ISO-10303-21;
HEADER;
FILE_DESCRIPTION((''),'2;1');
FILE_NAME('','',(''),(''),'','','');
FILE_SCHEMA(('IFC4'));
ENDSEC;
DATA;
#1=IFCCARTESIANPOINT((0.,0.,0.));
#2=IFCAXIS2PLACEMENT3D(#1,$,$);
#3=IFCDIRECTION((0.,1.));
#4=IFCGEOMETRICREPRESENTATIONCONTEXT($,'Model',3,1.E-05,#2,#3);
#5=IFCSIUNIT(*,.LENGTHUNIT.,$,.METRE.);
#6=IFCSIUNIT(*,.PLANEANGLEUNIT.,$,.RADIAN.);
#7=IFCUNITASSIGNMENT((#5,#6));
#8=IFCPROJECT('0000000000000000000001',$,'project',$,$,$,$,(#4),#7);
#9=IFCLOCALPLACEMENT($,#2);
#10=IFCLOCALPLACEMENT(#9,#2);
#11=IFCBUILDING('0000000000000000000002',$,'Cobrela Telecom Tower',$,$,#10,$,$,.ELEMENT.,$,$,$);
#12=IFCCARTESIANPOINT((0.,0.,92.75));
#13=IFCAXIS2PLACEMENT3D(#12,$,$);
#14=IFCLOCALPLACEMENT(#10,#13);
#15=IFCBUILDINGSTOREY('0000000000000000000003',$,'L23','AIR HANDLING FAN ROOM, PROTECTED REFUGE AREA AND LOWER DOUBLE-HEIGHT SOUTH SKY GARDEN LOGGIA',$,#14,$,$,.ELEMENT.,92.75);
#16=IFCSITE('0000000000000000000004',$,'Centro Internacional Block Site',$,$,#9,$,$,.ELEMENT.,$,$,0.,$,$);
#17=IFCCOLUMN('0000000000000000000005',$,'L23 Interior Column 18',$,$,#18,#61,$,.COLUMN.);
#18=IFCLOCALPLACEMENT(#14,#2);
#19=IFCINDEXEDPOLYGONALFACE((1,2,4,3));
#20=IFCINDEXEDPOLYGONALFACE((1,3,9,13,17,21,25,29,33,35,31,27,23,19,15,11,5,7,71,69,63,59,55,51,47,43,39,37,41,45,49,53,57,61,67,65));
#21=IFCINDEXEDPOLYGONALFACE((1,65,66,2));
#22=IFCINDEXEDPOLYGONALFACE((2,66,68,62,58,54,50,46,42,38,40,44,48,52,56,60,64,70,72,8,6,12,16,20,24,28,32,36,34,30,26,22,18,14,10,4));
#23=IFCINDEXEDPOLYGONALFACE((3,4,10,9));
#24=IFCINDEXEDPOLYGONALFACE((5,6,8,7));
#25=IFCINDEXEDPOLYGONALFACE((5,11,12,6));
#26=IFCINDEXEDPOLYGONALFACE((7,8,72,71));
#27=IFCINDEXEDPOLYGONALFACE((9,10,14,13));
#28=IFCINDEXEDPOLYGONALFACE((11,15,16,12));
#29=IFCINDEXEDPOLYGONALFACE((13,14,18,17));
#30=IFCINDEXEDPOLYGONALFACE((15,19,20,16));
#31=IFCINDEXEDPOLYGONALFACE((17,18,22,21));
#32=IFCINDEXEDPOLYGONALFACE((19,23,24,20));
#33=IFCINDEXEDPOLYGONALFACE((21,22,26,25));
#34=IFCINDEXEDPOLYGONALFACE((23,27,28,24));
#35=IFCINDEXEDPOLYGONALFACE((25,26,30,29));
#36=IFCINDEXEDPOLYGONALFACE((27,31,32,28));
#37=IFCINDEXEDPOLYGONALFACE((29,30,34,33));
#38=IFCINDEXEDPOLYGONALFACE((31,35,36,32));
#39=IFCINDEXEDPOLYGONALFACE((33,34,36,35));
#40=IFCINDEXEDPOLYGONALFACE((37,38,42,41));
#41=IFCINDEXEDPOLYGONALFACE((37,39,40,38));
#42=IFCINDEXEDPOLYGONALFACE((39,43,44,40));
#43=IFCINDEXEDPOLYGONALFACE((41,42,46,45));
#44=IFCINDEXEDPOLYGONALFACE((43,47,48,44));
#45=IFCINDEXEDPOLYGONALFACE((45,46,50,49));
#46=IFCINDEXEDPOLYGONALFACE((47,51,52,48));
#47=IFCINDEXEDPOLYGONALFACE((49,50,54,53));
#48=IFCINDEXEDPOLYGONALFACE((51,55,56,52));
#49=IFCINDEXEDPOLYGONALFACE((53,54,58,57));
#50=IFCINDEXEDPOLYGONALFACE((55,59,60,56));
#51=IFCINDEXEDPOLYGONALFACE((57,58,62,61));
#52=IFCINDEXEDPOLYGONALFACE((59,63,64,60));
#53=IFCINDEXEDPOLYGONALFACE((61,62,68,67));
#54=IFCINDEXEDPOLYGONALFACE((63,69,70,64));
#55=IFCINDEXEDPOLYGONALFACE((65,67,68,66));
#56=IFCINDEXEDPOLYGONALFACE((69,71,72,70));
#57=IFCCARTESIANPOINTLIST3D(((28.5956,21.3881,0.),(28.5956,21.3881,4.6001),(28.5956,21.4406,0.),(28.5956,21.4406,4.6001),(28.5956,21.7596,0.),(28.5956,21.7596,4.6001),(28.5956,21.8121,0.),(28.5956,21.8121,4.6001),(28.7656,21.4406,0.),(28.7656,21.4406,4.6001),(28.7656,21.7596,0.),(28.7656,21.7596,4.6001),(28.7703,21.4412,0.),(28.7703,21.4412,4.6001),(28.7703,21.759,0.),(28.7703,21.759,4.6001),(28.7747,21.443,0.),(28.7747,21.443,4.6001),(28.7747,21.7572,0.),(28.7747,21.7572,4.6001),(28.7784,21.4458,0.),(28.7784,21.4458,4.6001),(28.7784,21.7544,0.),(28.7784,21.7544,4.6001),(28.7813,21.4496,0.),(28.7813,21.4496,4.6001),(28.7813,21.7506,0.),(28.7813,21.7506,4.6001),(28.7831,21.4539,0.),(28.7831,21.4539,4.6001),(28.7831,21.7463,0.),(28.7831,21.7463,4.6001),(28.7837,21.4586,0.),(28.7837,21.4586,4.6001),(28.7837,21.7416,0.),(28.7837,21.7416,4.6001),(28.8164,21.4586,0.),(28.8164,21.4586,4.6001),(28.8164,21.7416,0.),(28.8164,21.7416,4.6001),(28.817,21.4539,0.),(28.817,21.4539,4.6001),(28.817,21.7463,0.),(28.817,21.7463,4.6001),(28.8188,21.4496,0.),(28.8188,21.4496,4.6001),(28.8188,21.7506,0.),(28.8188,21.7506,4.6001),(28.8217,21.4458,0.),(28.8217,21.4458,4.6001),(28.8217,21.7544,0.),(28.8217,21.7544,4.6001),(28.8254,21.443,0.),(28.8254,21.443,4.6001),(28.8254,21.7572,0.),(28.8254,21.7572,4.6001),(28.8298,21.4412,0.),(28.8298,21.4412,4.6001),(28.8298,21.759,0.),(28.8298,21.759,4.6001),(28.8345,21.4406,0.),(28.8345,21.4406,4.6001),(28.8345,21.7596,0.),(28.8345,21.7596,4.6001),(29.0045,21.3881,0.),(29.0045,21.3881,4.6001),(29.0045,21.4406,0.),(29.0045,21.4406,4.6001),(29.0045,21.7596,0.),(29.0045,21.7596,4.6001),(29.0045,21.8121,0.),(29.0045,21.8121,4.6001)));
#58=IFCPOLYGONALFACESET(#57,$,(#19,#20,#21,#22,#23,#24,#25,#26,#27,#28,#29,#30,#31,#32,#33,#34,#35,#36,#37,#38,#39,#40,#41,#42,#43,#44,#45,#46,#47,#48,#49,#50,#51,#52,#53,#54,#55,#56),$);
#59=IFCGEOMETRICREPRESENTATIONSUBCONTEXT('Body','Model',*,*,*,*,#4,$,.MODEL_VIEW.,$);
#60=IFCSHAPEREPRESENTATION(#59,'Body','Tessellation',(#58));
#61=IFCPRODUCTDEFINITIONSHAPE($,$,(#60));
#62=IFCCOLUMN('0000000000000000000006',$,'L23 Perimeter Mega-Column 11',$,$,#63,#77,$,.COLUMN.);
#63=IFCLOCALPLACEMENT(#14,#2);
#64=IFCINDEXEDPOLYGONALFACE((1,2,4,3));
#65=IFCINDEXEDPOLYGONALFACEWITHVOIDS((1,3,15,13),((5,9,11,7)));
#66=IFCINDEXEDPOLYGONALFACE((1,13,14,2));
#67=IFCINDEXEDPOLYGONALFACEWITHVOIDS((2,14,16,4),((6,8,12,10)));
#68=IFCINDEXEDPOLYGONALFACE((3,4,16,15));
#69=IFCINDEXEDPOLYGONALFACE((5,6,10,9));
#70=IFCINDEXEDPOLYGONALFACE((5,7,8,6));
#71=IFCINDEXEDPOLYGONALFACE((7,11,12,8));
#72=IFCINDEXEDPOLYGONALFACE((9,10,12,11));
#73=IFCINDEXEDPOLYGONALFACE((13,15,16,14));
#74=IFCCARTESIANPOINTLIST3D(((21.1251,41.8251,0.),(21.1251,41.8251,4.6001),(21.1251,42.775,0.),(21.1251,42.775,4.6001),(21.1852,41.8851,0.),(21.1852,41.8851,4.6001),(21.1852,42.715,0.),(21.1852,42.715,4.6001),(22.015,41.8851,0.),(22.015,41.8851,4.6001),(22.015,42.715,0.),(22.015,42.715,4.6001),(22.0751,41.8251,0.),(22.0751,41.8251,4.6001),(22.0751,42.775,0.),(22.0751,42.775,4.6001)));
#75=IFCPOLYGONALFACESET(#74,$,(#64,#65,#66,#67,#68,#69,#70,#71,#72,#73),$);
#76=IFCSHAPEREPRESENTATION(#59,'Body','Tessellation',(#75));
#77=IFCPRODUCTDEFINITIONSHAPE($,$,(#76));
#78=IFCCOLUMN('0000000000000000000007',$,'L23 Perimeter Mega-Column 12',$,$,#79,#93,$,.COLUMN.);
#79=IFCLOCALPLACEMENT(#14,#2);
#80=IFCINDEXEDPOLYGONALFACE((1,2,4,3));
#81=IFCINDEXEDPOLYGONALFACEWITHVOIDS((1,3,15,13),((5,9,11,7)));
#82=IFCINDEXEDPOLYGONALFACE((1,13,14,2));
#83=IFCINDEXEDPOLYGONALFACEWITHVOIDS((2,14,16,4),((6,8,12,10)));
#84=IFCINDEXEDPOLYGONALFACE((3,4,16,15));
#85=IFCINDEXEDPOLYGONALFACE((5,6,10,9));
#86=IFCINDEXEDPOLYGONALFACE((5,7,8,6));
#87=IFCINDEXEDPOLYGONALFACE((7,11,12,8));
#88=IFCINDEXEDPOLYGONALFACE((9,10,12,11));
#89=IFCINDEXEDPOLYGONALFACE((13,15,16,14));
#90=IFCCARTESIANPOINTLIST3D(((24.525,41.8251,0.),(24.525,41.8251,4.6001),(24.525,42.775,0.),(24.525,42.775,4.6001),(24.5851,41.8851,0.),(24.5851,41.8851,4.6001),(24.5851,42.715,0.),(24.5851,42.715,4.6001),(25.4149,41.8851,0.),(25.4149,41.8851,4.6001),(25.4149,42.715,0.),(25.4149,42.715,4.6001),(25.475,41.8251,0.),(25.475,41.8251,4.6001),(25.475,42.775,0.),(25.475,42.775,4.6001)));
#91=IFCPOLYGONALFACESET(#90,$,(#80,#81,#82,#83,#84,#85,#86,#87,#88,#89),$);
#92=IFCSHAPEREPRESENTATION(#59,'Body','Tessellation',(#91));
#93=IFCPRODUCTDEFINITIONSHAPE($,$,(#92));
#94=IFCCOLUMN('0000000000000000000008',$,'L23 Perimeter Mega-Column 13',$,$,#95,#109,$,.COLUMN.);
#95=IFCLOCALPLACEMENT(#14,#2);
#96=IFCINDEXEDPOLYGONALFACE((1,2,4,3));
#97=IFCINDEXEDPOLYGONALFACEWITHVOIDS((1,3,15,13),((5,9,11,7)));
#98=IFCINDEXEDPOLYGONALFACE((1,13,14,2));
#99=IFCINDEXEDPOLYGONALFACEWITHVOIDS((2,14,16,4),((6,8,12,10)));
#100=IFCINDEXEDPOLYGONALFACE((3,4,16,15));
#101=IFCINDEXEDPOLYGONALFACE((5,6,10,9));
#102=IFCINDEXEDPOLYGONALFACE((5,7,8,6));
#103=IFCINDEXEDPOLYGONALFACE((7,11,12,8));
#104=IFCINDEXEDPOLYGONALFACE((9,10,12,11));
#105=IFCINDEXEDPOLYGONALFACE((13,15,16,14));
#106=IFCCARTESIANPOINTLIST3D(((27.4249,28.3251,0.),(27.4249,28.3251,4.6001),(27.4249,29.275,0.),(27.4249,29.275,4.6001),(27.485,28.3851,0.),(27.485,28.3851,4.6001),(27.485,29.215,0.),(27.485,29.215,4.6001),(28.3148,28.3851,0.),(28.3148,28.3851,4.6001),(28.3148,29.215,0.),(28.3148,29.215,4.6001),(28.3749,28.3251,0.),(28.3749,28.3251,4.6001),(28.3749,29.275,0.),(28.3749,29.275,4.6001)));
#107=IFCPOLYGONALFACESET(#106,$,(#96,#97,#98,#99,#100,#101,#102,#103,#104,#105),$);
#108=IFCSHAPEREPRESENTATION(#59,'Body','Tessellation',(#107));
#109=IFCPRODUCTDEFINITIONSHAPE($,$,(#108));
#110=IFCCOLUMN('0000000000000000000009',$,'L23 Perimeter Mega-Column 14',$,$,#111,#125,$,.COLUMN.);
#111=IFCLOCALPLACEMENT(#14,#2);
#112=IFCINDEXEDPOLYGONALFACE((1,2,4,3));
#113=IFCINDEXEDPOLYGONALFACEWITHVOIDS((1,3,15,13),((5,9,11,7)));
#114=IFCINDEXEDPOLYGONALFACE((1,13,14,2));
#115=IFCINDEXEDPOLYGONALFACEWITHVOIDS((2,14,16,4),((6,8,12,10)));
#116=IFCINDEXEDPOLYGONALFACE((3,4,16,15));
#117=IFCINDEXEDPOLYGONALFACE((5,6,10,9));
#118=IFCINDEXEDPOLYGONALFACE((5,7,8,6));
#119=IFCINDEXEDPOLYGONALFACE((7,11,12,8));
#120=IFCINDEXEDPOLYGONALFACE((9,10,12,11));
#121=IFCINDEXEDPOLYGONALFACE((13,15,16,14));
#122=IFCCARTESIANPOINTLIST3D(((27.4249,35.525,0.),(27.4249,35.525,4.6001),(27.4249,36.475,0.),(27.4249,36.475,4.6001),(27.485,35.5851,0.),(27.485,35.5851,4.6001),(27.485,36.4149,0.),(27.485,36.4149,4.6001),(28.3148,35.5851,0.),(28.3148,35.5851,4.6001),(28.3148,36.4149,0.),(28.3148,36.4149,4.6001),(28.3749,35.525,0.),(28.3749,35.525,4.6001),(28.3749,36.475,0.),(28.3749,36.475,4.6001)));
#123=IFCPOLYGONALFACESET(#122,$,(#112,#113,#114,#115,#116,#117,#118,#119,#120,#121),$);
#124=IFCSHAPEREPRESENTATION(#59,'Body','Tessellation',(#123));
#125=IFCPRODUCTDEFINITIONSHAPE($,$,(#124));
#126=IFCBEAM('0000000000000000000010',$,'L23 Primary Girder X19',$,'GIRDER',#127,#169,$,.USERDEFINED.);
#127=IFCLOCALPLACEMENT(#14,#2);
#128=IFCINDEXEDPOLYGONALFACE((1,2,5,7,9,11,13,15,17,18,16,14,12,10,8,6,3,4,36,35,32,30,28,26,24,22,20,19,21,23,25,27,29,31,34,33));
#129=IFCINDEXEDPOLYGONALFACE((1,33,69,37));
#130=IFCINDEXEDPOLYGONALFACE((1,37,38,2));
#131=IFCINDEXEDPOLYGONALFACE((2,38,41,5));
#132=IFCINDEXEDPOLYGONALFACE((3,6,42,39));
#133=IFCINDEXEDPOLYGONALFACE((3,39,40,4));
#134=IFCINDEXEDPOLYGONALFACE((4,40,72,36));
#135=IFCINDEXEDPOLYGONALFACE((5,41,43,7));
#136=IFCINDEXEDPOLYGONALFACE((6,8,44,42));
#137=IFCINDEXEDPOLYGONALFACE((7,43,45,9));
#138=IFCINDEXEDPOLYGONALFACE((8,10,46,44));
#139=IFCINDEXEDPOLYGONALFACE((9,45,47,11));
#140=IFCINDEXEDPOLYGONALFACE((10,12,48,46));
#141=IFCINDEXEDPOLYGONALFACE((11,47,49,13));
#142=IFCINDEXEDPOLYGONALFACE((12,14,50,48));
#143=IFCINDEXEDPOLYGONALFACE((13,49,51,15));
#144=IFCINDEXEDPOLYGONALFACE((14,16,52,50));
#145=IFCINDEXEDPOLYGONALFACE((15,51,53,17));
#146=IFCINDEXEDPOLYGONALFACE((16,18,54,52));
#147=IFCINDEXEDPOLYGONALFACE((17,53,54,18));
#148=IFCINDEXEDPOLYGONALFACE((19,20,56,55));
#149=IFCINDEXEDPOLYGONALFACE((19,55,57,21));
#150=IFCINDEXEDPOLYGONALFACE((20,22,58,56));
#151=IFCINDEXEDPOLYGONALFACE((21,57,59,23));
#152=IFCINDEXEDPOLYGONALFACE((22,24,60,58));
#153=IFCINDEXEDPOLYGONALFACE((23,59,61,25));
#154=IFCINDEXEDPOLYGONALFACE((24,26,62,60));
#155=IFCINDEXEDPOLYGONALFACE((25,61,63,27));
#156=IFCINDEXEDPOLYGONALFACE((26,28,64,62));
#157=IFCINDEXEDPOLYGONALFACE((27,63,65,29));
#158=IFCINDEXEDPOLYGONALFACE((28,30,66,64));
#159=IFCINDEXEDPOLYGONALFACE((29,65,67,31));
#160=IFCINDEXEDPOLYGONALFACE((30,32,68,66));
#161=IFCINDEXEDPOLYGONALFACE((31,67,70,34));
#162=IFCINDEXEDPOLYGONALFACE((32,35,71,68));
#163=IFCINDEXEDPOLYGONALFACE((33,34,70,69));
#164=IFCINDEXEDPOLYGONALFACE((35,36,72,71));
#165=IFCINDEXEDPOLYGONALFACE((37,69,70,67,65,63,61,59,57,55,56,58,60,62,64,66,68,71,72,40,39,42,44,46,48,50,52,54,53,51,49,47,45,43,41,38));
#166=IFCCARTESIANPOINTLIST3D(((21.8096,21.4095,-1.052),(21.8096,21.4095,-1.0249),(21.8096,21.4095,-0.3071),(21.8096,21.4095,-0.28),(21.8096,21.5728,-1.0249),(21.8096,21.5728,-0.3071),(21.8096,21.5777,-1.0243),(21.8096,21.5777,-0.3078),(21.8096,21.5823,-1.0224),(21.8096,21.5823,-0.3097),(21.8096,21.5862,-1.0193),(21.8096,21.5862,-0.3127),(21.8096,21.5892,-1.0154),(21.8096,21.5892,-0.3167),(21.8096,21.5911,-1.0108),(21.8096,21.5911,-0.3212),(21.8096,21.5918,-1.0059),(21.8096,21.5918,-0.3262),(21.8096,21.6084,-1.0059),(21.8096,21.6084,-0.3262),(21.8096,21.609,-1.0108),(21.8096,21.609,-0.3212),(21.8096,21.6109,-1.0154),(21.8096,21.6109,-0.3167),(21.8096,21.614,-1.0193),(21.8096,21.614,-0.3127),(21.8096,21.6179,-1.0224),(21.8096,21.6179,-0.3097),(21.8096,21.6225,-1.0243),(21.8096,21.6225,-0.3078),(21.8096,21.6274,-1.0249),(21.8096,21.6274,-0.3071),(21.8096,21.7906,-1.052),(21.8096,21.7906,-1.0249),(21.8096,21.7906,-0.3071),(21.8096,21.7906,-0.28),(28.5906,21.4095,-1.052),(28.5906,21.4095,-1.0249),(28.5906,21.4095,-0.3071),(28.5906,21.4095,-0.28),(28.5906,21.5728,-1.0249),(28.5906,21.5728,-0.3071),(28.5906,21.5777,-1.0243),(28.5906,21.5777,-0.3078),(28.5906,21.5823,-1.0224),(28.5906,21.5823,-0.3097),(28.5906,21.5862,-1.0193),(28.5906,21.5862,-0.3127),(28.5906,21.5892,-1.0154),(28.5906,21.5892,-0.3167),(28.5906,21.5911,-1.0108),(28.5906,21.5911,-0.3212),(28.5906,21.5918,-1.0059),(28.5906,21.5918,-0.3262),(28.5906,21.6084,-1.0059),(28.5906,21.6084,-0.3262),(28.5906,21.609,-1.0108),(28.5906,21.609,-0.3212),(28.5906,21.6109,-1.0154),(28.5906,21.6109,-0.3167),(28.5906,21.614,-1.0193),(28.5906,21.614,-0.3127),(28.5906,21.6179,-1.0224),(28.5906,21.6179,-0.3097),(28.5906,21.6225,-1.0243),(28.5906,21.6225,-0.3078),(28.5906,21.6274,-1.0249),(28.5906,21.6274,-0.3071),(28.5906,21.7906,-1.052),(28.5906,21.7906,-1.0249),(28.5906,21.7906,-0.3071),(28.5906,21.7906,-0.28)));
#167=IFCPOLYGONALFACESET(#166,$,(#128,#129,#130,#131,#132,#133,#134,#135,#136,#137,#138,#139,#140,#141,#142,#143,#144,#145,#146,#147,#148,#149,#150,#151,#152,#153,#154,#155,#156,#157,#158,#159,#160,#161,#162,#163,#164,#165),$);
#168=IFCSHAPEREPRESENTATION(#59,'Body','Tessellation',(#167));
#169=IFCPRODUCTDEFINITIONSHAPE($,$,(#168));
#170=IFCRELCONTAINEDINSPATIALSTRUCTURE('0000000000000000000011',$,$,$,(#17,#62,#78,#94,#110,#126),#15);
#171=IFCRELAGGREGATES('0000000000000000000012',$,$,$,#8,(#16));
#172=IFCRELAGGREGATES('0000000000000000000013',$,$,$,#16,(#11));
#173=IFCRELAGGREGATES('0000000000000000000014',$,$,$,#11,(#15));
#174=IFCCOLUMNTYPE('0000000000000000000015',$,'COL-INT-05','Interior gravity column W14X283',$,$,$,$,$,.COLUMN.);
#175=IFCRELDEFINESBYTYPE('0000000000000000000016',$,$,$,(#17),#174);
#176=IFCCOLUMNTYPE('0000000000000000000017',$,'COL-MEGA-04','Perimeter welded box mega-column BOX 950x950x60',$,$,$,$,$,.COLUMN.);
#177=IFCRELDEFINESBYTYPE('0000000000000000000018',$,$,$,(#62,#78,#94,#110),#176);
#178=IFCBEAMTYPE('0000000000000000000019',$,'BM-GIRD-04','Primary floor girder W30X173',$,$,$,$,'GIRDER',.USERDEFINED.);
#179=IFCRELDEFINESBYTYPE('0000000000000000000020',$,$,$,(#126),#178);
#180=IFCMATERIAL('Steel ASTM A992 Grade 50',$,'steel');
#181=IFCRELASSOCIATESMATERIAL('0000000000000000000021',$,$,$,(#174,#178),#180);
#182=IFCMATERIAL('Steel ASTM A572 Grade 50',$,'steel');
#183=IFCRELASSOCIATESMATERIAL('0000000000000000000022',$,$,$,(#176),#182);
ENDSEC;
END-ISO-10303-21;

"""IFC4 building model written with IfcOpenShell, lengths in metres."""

from ifc_helpers import new_model, si_unit, direction, frame, origin, origin_2d, place, context, subcontext, project, spatial, hollow_rectangle, i_section, extrude, material, material_profile, profile_set, type_object, element, save


model = new_model("IFC4")

# Units and contexts
model_context = context("Model", 3, precision=1e-05, world=origin(), true_north=direction((0.0, 1.0)))
body_context = subcontext(model_context, "Body", "Model", "MODEL_VIEW")
ifc_project = project(units=[si_unit("LENGTHUNIT", "METRE"), si_unit("PLANEANGLEUNIT", "RADIAN")], contexts=[model_context])

# Site, building, storey
site_placement = place(None, origin())
site = spatial("IfcSite", under=ifc_project, at=site_placement, Name="Centro Internacional Block Site", CompositionType="ELEMENT", RefElevation=0.0)
building_placement = place(site_placement, origin())
building = spatial("IfcBuilding", under=site, at=building_placement, Name="Cobrela Telecom Tower", CompositionType="ELEMENT")
storey_placement = place(building_placement, frame((0.0, 0.0, 92.75)))
storey = spatial("IfcBuildingStorey", under=building, at=storey_placement, Name="L23", Description="AIR HANDLING FAN ROOM, PROTECTED REFUGE AREA AND LOWER DOUBLE-HEIGHT SOUTH SKY GARDEN LOGGIA", CompositionType="ELEMENT", Elevation=92.75)

# Columns
ifc_material_1 = material(Name="Steel ASTM A992 Grade 50", Category="steel")
ifc_material_profile_1 = material_profile(ifc_material_1, i_section(OverallWidth=0.4089, OverallDepth=0.4241, WebThickness=0.0327, FlangeThickness=0.0525, FilletRadius=0.0181, at=origin_2d()), Name="W14X283")
ifc_profile_set_1 = profile_set([ifc_material_profile_1], Name="Steel ASTM A992 Grade 50")
column_type_1 = type_object("IfcColumnType", Name="COL-INT-05", Description="Interior gravity column W14X283", PredefinedType="COLUMN", material=ifc_profile_set_1)
column_placement = place(storey_placement, frame((28.8, 21.6001, 0.0), z_axis=(0.0, 0.0, 1.0), x_axis=(1.0, 0.0, 0.0)))
element("IfcColumn", 1, at=column_placement, inside=storey, type_object=column_type_1, Name="L23 Interior Column 18", PredefinedType="COLUMN", context=body_context, shape_type="SweptSolid", body=[
    extrude(i_section(OverallWidth=0.4089, OverallDepth=0.4241, WebThickness=0.0327, FlangeThickness=0.0525, FilletRadius=0.0181, at=origin_2d()), origin(), (0.0, 0.0, 1.0), 4.6001),
])
ifc_material_2 = material(Name="Steel ASTM A572 Grade 50", Category="steel")
ifc_material_profile_2 = material_profile(ifc_material_2, hollow_rectangle(XDim=0.95, YDim=0.95, WallThickness=0.0601, at=origin_2d()), Name="BOX 950x950x60")
ifc_profile_set_2 = profile_set([ifc_material_profile_2], Name="Steel ASTM A572 Grade 50")
column_type_2 = type_object("IfcColumnType", Name="COL-MEGA-04", Description="Perimeter welded box mega-column BOX 950x950x60", PredefinedType="COLUMN", material=ifc_profile_set_2)
for number, where, z_axis, x_axis, name in (
    (2, (21.6001, 42.3, 0.0), (0.0, 0.0, 1.0), (1.0, 0.0, 0.0), "L23 Perimeter Mega-Column 11"),
    (3, (25.0, 42.3, 0.0), (0.0, 0.0, 1.0), (1.0, 0.0, 0.0), "L23 Perimeter Mega-Column 12"),
    (4, (27.8999, 28.8, 0.0), (0.0, 0.0, 1.0), (1.0, 0.0, 0.0), "L23 Perimeter Mega-Column 13"),
    (5, (27.8999, 36.0, 0.0), (0.0, 0.0, 1.0), (1.0, 0.0, 0.0), "L23 Perimeter Mega-Column 14"),
):
    element("IfcColumn", number, at=place(storey_placement, frame(where, z_axis=z_axis, x_axis=x_axis)), inside=storey, type_object=column_type_2, Name=name, PredefinedType="COLUMN", context=body_context, shape_type="SweptSolid", body=[
        extrude(hollow_rectangle(XDim=0.95, YDim=0.95, WallThickness=0.0601, at=origin_2d()), origin(), (0.0, 0.0, 1.0), 4.6001),
    ])

# Beam
ifc_material_profile_3 = material_profile(ifc_material_1, i_section(OverallWidth=0.3811, OverallDepth=0.772, WebThickness=0.0166, FlangeThickness=0.0271, FilletRadius=0.019, at=origin_2d()), Name="W30X173")
ifc_profile_set_3 = profile_set([ifc_material_profile_3], Name="Steel ASTM A992 Grade 50")
beam_type = type_object("IfcBeamType", Name="BM-GIRD-04", Description="Primary floor girder W30X173", ElementType="GIRDER", PredefinedType="USERDEFINED", material=ifc_profile_set_3)
beam_1_placement = place(storey_placement, frame((21.8096, 21.6001, -0.666), z_axis=(1.0, 0.0, 0.0), x_axis=(0.0, 1.0, 0.0)))
element("IfcBeam", 6, at=beam_1_placement, inside=storey, type_object=beam_type, Name="L23 Primary Girder X19", ObjectType="GIRDER", PredefinedType="USERDEFINED", context=body_context, shape_type="SweptSolid", body=[
    extrude(i_section(OverallWidth=0.3811, OverallDepth=0.772, WebThickness=0.0166, FlangeThickness=0.0271, FilletRadius=0.019, at=origin_2d()), origin(), (0.0, 0.0, 1.0), 6.781),
])

save(model, "model.ifc")
